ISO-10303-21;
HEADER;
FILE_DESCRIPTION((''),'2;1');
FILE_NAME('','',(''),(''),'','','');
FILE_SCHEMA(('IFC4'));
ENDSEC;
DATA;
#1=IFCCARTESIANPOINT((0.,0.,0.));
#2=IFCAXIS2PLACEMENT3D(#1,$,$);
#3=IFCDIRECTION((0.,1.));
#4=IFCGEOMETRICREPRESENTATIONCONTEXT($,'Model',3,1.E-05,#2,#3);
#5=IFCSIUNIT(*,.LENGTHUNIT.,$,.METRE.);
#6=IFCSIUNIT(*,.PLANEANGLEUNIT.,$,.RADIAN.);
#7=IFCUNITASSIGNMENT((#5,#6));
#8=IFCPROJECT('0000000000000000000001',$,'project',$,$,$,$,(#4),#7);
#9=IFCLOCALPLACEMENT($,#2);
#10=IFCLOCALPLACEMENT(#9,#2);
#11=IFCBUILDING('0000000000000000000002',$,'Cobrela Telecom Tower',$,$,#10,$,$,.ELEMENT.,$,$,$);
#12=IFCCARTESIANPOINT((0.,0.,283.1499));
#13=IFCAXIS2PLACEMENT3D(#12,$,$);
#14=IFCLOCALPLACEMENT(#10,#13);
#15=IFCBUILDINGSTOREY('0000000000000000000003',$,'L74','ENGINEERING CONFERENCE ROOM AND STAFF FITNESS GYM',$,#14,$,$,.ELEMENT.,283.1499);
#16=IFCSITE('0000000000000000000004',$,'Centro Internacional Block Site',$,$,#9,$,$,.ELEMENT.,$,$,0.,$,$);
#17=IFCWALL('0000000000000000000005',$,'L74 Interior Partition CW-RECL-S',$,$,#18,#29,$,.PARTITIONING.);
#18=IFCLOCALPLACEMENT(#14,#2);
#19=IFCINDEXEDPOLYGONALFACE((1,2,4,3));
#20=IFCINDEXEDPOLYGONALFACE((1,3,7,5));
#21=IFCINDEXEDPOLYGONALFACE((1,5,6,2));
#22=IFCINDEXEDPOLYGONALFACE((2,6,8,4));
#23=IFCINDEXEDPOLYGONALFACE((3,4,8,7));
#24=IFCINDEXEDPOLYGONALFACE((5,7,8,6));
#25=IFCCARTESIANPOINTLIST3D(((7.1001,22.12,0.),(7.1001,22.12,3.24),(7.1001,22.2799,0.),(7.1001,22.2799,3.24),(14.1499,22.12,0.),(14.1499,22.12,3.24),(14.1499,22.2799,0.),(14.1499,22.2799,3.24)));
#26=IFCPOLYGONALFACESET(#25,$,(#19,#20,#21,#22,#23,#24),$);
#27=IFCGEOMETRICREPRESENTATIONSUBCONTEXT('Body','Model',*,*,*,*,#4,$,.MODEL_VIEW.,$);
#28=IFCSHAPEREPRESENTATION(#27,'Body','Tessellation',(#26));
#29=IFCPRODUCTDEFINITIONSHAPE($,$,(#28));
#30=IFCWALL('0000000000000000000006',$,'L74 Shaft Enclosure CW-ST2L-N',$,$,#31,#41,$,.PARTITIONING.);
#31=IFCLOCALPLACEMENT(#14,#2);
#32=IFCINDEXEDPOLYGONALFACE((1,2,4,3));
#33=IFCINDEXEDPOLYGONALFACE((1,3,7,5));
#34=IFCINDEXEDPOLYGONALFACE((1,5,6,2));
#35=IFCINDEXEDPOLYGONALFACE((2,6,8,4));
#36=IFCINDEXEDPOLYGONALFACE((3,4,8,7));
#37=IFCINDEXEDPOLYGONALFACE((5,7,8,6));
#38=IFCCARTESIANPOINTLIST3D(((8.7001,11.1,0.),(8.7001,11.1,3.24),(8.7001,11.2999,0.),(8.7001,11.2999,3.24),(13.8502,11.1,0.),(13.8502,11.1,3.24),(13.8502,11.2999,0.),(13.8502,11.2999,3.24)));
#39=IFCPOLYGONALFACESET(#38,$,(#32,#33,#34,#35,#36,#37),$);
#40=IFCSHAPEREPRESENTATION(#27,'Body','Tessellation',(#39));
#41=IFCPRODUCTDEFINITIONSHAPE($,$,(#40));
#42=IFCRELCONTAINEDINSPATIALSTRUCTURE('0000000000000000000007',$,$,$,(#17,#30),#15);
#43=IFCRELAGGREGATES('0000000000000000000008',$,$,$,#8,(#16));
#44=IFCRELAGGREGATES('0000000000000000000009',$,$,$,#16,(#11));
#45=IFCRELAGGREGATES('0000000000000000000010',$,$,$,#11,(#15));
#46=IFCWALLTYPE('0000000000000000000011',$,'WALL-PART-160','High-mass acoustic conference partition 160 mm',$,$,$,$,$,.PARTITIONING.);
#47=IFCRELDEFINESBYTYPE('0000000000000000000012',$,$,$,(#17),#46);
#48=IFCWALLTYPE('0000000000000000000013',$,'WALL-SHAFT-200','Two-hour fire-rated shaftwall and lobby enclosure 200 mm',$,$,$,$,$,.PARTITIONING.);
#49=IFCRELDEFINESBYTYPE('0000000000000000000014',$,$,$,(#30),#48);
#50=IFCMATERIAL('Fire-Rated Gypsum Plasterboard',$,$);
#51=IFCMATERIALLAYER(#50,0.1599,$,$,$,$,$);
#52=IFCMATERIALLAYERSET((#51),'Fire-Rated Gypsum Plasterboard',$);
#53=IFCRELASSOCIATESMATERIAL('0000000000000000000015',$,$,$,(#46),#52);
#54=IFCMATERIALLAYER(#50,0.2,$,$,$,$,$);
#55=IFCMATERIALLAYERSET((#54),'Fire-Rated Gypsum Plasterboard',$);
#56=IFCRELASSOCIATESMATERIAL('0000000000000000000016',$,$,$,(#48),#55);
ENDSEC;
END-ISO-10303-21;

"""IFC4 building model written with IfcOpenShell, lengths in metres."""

from ifc_helpers import new_model, si_unit, direction, frame, frame_2d, origin, place, context, subcontext, project, spatial, rectangle, extrude, material, layer, layer_set, type_object, element, save


model = new_model("IFC4")

# Units and contexts
model_context = context("Model", 3, precision=1e-05, world=origin(), true_north=direction((0.0, 1.0)))
body_context = subcontext(model_context, "Body", "Model", "MODEL_VIEW")
ifc_project = project(units=[si_unit("LENGTHUNIT", "METRE"), si_unit("PLANEANGLEUNIT", "RADIAN")], contexts=[model_context])

# Site, building, storey
site_placement = place(None, origin())
site = spatial("IfcSite", under=ifc_project, at=site_placement, Name="Centro Internacional Block Site", CompositionType="ELEMENT", RefElevation=0.0)
building_placement = place(site_placement, origin())
building = spatial("IfcBuilding", under=site, at=building_placement, Name="Cobrela Telecom Tower", CompositionType="ELEMENT")
storey_placement = place(building_placement, frame((0.0, 0.0, 283.1499)))
storey = spatial("IfcBuildingStorey", under=building, at=storey_placement, Name="L74", Description="ENGINEERING CONFERENCE ROOM AND STAFF FITNESS GYM", CompositionType="ELEMENT", Elevation=283.1499)

# Shared definitions
ifc_material_1 = material(Name="Fire-Rated Gypsum Plasterboard")

# Wall
ifc_layer_1 = layer(ifc_material_1, 0.1599)
ifc_layer_set_1 = layer_set([ifc_layer_1], Name="Fire-Rated Gypsum Plasterboard")
wall_type_1 = type_object("IfcWallType", Name="WALL-PART-160", Description="High-mass acoustic conference partition 160 mm", PredefinedType="PARTITIONING", material=ifc_layer_set_1)
wall_1_placement = place(storey_placement, frame((7.1001, 22.2, 0.0), z_axis=(0.0, 0.0, 1.0), x_axis=(1.0, 0.0, 0.0)))
element("IfcWall", 1, at=wall_1_placement, inside=storey, type_object=wall_type_1, Name="L74 Interior Partition CW-RECL-S", PredefinedType="PARTITIONING", context=body_context, shape_type="SweptSolid", body=[
    extrude(rectangle(XDim=7.0498, YDim=0.1599, at=frame_2d((3.5249, 0.0))), origin(), (0.0, 0.0, 1.0), 3.24),
])

# Wall
ifc_layer_2 = layer(ifc_material_1, 0.2)
ifc_layer_set_2 = layer_set([ifc_layer_2], Name="Fire-Rated Gypsum Plasterboard")
wall_type_2 = type_object("IfcWallType", Name="WALL-SHAFT-200", Description="Two-hour fire-rated shaftwall and lobby enclosure 200 mm", PredefinedType="PARTITIONING", material=ifc_layer_set_2)
wall_2_placement = place(storey_placement, frame((8.7, 11.2, 0.0), z_axis=(0.0, 0.0, 1.0), x_axis=(1.0, 0.0, 0.0)))
element("IfcWall", 2, at=wall_2_placement, inside=storey, type_object=wall_type_2, Name="L74 Shaft Enclosure CW-ST2L-N", PredefinedType="PARTITIONING", context=body_context, shape_type="SweptSolid", body=[
    extrude(rectangle(XDim=5.1501, YDim=0.2, at=frame_2d((2.5752, 0.0))), origin(), (0.0, 0.0, 1.0), 3.24),
])

save(model, "model.ifc")
